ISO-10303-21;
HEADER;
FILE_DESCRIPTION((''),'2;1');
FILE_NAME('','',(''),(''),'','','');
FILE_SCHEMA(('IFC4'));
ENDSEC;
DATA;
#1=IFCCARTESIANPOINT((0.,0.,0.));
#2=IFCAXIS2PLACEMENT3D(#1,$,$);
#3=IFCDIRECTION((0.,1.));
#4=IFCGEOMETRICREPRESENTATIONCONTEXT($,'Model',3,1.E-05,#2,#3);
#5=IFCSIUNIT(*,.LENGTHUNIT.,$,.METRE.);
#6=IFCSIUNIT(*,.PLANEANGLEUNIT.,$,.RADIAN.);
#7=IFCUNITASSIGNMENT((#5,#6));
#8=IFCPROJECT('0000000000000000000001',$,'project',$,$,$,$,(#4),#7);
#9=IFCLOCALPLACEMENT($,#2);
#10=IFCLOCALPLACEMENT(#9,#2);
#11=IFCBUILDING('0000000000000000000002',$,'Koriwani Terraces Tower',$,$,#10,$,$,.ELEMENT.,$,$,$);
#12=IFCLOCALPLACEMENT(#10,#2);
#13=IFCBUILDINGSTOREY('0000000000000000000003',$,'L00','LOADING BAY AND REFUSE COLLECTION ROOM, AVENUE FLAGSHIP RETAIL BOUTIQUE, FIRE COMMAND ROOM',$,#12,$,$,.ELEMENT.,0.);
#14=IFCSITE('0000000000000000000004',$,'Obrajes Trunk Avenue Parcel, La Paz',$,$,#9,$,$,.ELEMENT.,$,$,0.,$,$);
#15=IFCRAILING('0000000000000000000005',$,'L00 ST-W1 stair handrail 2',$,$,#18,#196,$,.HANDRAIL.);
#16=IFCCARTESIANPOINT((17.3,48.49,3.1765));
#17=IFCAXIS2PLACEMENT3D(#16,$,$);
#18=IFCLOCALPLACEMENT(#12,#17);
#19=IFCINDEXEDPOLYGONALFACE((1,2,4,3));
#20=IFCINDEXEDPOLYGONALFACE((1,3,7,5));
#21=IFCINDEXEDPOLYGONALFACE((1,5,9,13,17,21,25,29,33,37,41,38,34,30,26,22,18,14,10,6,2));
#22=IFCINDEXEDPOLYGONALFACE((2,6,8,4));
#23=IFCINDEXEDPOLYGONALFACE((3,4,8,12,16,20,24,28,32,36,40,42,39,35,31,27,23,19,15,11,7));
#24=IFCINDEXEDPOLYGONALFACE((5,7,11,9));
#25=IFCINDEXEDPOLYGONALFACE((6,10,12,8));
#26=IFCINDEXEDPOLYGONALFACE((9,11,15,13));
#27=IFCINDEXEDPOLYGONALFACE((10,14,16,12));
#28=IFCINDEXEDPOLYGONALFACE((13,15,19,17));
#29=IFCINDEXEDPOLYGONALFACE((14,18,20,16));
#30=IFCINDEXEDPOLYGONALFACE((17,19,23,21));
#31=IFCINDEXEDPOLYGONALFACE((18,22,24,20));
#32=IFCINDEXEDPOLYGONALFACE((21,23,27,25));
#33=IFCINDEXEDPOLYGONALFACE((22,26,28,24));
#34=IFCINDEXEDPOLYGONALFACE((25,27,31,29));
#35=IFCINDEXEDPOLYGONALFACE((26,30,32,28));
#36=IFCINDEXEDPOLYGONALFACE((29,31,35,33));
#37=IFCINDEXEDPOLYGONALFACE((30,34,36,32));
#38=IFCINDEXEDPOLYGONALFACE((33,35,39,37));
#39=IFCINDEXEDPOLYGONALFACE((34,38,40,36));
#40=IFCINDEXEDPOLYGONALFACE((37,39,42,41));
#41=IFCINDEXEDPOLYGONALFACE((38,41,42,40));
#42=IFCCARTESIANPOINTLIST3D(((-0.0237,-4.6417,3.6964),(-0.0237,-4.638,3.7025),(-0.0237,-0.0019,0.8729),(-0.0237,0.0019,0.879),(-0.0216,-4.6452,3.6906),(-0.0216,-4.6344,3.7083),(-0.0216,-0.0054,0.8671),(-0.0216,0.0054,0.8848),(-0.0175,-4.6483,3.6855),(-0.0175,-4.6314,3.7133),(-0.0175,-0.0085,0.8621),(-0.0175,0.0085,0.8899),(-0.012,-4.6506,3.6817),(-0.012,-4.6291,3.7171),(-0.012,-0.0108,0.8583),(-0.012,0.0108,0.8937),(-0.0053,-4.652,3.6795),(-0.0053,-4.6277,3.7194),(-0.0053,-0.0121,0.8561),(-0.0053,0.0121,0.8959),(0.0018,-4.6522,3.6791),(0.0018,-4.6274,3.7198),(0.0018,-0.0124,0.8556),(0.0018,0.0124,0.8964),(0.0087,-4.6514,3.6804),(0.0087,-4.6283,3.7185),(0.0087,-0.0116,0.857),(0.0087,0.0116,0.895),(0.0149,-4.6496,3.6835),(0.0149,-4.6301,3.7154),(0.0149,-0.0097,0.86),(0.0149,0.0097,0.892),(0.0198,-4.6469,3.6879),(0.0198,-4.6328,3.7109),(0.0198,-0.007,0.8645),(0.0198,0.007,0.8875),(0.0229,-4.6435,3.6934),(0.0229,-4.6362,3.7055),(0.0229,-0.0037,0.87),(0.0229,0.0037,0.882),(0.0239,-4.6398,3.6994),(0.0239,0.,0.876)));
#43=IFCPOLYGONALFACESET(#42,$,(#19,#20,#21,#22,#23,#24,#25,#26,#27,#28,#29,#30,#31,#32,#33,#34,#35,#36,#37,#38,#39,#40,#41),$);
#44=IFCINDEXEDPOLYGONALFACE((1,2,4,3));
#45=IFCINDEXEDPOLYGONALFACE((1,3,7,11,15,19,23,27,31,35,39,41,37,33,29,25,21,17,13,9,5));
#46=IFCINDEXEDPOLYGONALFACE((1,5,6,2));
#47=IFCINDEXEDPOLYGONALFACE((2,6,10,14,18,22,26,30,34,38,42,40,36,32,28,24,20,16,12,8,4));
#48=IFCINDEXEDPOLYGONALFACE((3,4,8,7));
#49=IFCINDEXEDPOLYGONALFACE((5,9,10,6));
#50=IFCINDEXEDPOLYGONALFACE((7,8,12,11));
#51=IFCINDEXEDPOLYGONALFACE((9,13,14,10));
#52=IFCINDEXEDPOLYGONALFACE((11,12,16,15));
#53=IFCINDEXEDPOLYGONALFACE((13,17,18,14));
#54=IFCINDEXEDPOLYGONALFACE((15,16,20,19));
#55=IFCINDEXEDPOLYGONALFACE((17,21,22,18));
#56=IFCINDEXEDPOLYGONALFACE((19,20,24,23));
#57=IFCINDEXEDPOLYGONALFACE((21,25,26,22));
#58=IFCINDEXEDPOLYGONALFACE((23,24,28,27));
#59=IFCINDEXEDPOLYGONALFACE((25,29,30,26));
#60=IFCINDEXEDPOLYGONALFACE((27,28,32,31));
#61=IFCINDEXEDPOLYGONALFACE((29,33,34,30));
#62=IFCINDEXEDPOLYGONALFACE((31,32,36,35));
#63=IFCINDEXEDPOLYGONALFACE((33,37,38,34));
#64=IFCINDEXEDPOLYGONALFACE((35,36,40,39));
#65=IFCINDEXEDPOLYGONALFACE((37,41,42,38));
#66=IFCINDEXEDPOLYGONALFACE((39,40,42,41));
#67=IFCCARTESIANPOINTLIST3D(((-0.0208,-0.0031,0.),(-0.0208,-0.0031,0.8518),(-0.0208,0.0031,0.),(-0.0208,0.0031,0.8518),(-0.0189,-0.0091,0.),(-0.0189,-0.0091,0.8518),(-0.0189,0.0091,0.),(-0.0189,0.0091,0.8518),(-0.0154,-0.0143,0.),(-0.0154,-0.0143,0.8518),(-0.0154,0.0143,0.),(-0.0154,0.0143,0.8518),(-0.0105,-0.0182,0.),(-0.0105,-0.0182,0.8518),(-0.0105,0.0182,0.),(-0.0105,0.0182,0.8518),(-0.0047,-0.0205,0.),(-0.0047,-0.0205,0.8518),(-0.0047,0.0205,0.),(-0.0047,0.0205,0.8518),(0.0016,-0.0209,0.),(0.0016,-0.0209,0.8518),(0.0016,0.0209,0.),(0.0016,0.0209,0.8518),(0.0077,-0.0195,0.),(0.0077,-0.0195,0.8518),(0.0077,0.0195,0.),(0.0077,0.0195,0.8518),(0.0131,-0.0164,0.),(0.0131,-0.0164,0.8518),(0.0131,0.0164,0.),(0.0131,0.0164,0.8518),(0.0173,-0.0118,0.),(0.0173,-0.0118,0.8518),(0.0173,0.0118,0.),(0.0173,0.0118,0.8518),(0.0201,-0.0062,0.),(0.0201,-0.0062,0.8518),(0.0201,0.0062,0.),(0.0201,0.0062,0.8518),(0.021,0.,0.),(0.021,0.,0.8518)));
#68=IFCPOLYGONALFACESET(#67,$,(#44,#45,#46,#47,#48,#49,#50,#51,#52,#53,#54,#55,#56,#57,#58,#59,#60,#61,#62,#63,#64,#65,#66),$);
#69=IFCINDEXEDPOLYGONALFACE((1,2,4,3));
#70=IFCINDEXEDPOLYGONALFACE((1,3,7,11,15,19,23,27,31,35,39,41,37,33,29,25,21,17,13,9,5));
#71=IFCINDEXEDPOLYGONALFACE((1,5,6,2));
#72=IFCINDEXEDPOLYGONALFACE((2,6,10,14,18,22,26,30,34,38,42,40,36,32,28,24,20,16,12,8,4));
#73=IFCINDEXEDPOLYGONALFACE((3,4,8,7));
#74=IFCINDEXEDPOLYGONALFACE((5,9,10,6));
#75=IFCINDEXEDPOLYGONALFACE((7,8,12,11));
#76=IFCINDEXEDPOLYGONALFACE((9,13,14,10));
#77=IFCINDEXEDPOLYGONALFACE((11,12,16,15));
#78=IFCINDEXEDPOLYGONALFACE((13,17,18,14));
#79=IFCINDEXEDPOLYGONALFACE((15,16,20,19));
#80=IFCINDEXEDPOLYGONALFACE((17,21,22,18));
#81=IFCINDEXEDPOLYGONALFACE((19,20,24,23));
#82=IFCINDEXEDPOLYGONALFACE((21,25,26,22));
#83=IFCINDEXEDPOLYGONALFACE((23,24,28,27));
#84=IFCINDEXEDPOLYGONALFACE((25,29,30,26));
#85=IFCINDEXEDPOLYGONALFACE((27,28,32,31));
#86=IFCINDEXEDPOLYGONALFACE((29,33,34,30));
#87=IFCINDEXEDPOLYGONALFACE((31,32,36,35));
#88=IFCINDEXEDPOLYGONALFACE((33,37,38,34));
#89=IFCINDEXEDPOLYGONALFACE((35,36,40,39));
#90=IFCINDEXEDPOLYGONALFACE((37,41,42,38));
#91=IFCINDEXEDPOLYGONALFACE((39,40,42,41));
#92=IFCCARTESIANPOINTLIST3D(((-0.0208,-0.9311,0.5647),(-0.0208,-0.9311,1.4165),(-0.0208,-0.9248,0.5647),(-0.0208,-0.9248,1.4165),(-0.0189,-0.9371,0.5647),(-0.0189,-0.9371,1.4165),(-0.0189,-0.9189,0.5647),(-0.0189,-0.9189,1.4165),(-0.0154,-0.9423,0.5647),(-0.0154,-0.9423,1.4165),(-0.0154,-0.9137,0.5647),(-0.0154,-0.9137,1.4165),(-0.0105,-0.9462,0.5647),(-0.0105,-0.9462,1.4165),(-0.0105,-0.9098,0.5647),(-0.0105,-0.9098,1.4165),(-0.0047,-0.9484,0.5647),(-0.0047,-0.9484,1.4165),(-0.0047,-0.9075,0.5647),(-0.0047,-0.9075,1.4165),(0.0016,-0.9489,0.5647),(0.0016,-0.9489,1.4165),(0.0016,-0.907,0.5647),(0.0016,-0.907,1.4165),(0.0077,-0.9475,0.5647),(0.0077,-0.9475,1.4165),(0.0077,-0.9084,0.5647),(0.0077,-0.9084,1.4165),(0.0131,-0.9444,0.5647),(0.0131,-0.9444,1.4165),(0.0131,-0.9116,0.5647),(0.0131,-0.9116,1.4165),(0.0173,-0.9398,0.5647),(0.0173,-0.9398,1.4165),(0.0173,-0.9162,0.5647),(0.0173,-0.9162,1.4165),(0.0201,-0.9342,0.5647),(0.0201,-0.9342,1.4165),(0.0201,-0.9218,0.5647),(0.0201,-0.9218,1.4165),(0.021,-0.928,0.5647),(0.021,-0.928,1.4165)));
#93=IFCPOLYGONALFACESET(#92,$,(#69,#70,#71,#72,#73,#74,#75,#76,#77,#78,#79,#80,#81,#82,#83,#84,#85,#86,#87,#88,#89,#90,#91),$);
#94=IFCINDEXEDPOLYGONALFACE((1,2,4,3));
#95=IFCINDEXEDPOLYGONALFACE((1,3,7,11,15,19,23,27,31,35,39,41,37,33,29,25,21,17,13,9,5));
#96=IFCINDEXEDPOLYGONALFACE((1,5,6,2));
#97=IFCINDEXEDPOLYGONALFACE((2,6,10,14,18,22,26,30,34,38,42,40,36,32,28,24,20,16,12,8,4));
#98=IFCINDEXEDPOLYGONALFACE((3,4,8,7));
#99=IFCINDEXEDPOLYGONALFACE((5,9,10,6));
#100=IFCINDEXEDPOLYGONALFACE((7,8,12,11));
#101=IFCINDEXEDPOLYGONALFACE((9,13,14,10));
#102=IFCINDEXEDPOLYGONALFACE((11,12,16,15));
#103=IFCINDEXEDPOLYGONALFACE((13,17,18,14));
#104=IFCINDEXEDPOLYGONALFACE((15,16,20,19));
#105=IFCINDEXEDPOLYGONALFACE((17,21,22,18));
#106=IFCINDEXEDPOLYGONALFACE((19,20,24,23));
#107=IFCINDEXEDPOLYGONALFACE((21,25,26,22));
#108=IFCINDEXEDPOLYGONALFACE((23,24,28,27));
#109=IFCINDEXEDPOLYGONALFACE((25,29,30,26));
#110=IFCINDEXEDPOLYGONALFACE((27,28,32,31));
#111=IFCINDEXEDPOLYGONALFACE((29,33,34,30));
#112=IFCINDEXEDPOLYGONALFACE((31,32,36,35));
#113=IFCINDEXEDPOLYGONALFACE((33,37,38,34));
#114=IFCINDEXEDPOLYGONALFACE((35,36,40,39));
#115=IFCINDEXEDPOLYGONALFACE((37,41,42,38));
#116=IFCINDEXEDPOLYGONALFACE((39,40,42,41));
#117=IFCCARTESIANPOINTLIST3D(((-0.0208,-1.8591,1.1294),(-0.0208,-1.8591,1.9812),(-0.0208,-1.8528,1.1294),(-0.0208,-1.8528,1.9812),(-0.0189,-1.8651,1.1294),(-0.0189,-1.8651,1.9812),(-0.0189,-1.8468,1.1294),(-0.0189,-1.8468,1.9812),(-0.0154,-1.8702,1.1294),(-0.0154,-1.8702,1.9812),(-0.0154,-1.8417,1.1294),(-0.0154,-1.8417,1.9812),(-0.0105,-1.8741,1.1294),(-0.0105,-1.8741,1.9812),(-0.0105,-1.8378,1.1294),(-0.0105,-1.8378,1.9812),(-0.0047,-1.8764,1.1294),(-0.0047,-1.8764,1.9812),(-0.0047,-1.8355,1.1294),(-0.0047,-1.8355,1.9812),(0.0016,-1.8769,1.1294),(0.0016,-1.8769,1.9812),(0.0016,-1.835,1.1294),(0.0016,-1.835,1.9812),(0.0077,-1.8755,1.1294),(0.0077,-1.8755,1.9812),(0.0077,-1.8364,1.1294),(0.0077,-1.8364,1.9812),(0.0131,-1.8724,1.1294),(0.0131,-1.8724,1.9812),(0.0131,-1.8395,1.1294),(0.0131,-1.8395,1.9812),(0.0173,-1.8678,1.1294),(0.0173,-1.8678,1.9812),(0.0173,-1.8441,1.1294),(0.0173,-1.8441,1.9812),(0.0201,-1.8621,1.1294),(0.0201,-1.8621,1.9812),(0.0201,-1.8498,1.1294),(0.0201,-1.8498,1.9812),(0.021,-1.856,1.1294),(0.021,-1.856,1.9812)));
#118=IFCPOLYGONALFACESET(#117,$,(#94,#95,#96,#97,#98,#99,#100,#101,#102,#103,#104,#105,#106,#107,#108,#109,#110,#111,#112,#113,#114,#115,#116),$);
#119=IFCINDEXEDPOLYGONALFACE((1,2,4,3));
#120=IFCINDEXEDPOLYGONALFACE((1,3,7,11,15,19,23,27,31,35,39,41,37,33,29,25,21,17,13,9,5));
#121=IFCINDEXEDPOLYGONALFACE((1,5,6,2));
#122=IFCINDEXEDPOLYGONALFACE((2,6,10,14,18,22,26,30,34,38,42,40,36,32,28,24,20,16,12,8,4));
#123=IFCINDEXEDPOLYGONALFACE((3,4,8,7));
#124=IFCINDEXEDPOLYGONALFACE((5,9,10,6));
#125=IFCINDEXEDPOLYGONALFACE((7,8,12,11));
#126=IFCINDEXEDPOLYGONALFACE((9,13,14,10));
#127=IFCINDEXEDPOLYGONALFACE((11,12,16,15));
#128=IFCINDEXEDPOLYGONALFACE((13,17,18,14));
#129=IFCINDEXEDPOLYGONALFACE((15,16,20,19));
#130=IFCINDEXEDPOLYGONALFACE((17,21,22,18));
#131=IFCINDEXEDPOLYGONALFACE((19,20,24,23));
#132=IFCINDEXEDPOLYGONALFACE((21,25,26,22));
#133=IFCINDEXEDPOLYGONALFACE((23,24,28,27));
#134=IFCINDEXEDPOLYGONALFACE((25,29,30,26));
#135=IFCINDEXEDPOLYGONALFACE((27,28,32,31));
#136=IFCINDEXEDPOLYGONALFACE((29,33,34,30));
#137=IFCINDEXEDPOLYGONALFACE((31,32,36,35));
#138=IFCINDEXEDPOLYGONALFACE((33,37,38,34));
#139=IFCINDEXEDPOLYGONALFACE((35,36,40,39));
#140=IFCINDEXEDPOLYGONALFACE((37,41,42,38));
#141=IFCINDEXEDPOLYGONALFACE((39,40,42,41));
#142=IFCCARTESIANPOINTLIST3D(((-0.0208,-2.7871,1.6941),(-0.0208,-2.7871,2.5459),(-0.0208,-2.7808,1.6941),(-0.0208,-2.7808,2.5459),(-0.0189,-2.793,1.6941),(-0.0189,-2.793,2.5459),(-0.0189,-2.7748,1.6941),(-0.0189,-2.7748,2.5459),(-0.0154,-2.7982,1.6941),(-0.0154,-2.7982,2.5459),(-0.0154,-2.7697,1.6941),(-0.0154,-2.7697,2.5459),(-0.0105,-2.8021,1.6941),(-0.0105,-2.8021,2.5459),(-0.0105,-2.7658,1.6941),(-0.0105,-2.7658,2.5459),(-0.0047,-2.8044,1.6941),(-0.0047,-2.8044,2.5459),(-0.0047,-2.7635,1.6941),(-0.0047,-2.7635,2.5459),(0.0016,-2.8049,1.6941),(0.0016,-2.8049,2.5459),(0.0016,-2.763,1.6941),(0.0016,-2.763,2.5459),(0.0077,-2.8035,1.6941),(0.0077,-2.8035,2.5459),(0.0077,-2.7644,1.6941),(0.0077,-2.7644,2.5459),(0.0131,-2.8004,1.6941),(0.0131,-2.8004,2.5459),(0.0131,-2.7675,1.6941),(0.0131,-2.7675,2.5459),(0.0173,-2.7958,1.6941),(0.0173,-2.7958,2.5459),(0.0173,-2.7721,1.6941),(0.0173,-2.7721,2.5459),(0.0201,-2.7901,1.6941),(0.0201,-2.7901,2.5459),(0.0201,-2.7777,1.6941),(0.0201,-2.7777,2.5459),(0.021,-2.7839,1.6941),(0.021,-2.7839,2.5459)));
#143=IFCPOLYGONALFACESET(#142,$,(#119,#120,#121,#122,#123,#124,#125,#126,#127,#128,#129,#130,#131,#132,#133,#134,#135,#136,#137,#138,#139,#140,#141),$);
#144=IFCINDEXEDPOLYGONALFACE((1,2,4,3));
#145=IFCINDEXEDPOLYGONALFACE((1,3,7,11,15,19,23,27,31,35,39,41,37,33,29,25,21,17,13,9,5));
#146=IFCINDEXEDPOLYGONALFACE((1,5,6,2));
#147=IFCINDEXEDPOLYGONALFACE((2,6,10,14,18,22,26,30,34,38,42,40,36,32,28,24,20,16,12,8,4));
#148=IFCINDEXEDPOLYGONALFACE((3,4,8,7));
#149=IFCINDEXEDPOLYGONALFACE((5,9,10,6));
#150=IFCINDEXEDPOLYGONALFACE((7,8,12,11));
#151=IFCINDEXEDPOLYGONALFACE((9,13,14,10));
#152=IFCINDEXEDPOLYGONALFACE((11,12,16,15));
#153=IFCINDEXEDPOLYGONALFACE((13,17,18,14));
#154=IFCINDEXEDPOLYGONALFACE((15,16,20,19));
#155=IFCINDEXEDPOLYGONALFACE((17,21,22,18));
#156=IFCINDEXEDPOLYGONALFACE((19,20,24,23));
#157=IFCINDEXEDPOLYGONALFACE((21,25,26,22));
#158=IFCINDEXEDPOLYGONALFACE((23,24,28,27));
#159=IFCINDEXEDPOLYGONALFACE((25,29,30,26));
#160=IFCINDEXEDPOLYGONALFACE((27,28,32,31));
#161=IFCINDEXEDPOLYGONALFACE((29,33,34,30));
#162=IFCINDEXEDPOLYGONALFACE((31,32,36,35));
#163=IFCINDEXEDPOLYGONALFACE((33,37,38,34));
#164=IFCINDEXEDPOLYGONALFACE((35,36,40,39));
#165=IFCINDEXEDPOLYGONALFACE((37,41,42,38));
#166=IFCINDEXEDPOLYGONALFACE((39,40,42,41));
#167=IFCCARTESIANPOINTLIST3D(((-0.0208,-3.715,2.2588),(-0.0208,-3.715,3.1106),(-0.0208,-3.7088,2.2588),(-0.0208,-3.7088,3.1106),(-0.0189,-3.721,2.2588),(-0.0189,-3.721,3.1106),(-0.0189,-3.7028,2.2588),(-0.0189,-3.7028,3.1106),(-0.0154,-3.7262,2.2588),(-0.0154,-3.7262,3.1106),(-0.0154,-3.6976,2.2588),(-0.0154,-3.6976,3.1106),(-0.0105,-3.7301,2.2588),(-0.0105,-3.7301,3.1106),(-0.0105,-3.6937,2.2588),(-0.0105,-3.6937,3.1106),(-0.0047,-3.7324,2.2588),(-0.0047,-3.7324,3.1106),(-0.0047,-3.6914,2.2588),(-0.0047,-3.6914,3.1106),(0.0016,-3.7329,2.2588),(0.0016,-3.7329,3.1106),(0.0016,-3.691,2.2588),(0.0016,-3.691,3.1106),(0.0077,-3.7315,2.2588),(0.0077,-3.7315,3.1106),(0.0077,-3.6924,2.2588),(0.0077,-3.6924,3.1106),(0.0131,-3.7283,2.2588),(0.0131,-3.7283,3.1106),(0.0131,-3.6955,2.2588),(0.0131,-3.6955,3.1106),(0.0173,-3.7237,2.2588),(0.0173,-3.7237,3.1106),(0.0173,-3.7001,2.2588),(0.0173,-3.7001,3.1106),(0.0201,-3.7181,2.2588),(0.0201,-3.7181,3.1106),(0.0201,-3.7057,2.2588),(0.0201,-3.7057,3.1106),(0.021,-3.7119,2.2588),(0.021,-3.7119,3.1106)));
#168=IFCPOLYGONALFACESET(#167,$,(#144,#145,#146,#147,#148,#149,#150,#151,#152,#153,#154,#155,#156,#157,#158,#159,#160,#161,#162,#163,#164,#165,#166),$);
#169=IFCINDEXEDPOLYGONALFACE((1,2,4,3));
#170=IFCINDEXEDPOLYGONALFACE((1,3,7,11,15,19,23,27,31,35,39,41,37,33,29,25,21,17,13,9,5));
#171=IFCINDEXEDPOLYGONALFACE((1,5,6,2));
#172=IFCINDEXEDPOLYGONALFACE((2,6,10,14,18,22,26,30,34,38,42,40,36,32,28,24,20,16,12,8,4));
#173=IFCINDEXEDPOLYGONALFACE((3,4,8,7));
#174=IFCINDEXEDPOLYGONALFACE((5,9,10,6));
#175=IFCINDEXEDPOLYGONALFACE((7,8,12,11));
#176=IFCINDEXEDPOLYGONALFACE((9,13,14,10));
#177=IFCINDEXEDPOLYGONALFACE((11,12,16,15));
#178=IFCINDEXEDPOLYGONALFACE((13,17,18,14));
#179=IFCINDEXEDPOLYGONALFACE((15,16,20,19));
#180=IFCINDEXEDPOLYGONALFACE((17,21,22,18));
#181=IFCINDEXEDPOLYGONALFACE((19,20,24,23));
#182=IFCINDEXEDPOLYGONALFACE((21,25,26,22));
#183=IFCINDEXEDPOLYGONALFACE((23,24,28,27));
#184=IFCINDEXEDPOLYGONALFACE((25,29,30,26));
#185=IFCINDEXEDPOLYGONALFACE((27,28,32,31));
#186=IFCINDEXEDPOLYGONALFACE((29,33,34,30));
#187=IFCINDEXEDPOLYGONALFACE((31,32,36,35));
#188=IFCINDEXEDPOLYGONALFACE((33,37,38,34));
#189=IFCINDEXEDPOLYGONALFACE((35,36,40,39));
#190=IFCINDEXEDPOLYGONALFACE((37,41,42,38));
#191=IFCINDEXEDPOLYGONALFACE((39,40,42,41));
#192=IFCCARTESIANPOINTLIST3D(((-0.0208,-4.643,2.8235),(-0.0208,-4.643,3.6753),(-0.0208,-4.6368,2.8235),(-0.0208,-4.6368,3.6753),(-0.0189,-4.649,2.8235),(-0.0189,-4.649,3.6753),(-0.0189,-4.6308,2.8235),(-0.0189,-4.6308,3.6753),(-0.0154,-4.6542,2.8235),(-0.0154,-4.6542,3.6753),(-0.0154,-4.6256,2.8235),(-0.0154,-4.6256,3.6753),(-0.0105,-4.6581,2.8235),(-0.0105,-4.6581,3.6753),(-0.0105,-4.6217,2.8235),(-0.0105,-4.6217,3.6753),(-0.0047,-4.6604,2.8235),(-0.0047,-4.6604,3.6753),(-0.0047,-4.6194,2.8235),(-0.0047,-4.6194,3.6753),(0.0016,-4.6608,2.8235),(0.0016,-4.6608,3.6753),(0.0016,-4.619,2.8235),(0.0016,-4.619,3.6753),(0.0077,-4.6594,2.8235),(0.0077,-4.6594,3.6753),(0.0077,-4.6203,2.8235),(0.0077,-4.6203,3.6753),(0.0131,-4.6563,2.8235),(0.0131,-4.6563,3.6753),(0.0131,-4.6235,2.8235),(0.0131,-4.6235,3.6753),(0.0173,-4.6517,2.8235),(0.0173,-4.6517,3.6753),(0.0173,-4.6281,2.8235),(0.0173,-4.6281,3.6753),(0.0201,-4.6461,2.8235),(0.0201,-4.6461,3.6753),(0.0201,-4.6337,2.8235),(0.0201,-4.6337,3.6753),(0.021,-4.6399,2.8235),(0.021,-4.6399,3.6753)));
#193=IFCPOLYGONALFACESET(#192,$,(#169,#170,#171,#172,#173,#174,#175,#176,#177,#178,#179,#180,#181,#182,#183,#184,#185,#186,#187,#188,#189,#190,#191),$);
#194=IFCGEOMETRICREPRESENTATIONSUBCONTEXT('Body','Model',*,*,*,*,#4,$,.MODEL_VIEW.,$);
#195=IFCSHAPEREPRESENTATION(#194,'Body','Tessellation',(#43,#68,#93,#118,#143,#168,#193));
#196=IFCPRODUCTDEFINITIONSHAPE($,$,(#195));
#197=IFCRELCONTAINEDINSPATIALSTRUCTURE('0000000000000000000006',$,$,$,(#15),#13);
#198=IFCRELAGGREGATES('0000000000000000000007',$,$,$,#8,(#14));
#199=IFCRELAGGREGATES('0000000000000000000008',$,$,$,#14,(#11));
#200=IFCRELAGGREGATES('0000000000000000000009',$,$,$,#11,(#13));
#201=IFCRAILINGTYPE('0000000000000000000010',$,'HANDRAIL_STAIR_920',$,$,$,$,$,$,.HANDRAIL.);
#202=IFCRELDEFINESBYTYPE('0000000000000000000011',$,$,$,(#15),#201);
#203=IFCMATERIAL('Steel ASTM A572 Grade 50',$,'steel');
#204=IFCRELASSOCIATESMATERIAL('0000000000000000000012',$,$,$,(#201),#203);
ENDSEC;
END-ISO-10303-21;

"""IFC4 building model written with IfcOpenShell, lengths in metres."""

from ifc_helpers import new_model, si_unit, direction, frame, origin, origin_2d, place, context, subcontext, project, spatial, circle, extrude, material, type_object, element, save


model = new_model("IFC4")

# Units and contexts
model_context = context("Model", 3, precision=1e-05, world=origin(), true_north=direction((0.0, 1.0)))
body_context = subcontext(model_context, "Body", "Model", "MODEL_VIEW")
ifc_project = project(units=[si_unit("LENGTHUNIT", "METRE"), si_unit("PLANEANGLEUNIT", "RADIAN")], contexts=[model_context])

# Site, building, storey
site_placement = place(None, origin())
site = spatial("IfcSite", under=ifc_project, at=site_placement, Name="Obrajes Trunk Avenue Parcel, La Paz", CompositionType="ELEMENT", RefElevation=0.0)
building_placement = place(site_placement, origin())
building = spatial("IfcBuilding", under=site, at=building_placement, Name="Koriwani Terraces Tower", CompositionType="ELEMENT")
storey_placement = place(building_placement, origin())
storey = spatial("IfcBuildingStorey", under=building, at=storey_placement, Name="L00", Description="LOADING BAY AND REFUSE COLLECTION ROOM, AVENUE FLAGSHIP RETAIL BOUTIQUE, FIRE COMMAND ROOM", CompositionType="ELEMENT", Elevation=0.0)

# Railing
ifc_material_1 = material(Name="Steel ASTM A572 Grade 50", Category="steel")
railing_type_1 = type_object("IfcRailingType", Name="HANDRAIL_STAIR_920", PredefinedType="HANDRAIL", material=ifc_material_1)
for number, where, name in (
    (1, (17.3, 48.49, 3.1765), "L00 ST-W1 stair handrail 2"),
):
    element("IfcRailing", number, at=place(storey_placement, frame(where)), inside=storey, type_object=railing_type_1, Name=name, PredefinedType="HANDRAIL", context=body_context, shape_type="SweptSolid", body=[
        extrude(circle(Radius=0.0239, at=origin_2d()), frame((0.0, 0.0, 0.876), z_axis=(0.0, -0.854264, 0.51984), x_axis=(1.0, 0.0, 0.0)), (0.0, 0.0, 1.0), 5.4314),
        extrude(circle(Radius=0.021, at=origin_2d()), origin(), (0.0, 0.0, 1.0), 0.8518),
        extrude(circle(Radius=0.021, at=origin_2d()), frame((0.0, -0.928, 0.5647)), (0.0, 0.0, 1.0), 0.8518),
        extrude(circle(Radius=0.021, at=origin_2d()), frame((0.0, -1.856, 1.1294)), (0.0, 0.0, 1.0), 0.8518),
        extrude(circle(Radius=0.021, at=origin_2d()), frame((0.0, -2.7839, 1.6941)), (0.0, 0.0, 1.0), 0.8518),
        extrude(circle(Radius=0.021, at=origin_2d()), frame((0.0, -3.7119, 2.2588)), (0.0, 0.0, 1.0), 0.8518),
        extrude(circle(Radius=0.021, at=origin_2d()), frame((0.0, -4.6399, 2.8235)), (0.0, 0.0, 1.0), 0.8518),
    ])

save(model, "model.ifc")
